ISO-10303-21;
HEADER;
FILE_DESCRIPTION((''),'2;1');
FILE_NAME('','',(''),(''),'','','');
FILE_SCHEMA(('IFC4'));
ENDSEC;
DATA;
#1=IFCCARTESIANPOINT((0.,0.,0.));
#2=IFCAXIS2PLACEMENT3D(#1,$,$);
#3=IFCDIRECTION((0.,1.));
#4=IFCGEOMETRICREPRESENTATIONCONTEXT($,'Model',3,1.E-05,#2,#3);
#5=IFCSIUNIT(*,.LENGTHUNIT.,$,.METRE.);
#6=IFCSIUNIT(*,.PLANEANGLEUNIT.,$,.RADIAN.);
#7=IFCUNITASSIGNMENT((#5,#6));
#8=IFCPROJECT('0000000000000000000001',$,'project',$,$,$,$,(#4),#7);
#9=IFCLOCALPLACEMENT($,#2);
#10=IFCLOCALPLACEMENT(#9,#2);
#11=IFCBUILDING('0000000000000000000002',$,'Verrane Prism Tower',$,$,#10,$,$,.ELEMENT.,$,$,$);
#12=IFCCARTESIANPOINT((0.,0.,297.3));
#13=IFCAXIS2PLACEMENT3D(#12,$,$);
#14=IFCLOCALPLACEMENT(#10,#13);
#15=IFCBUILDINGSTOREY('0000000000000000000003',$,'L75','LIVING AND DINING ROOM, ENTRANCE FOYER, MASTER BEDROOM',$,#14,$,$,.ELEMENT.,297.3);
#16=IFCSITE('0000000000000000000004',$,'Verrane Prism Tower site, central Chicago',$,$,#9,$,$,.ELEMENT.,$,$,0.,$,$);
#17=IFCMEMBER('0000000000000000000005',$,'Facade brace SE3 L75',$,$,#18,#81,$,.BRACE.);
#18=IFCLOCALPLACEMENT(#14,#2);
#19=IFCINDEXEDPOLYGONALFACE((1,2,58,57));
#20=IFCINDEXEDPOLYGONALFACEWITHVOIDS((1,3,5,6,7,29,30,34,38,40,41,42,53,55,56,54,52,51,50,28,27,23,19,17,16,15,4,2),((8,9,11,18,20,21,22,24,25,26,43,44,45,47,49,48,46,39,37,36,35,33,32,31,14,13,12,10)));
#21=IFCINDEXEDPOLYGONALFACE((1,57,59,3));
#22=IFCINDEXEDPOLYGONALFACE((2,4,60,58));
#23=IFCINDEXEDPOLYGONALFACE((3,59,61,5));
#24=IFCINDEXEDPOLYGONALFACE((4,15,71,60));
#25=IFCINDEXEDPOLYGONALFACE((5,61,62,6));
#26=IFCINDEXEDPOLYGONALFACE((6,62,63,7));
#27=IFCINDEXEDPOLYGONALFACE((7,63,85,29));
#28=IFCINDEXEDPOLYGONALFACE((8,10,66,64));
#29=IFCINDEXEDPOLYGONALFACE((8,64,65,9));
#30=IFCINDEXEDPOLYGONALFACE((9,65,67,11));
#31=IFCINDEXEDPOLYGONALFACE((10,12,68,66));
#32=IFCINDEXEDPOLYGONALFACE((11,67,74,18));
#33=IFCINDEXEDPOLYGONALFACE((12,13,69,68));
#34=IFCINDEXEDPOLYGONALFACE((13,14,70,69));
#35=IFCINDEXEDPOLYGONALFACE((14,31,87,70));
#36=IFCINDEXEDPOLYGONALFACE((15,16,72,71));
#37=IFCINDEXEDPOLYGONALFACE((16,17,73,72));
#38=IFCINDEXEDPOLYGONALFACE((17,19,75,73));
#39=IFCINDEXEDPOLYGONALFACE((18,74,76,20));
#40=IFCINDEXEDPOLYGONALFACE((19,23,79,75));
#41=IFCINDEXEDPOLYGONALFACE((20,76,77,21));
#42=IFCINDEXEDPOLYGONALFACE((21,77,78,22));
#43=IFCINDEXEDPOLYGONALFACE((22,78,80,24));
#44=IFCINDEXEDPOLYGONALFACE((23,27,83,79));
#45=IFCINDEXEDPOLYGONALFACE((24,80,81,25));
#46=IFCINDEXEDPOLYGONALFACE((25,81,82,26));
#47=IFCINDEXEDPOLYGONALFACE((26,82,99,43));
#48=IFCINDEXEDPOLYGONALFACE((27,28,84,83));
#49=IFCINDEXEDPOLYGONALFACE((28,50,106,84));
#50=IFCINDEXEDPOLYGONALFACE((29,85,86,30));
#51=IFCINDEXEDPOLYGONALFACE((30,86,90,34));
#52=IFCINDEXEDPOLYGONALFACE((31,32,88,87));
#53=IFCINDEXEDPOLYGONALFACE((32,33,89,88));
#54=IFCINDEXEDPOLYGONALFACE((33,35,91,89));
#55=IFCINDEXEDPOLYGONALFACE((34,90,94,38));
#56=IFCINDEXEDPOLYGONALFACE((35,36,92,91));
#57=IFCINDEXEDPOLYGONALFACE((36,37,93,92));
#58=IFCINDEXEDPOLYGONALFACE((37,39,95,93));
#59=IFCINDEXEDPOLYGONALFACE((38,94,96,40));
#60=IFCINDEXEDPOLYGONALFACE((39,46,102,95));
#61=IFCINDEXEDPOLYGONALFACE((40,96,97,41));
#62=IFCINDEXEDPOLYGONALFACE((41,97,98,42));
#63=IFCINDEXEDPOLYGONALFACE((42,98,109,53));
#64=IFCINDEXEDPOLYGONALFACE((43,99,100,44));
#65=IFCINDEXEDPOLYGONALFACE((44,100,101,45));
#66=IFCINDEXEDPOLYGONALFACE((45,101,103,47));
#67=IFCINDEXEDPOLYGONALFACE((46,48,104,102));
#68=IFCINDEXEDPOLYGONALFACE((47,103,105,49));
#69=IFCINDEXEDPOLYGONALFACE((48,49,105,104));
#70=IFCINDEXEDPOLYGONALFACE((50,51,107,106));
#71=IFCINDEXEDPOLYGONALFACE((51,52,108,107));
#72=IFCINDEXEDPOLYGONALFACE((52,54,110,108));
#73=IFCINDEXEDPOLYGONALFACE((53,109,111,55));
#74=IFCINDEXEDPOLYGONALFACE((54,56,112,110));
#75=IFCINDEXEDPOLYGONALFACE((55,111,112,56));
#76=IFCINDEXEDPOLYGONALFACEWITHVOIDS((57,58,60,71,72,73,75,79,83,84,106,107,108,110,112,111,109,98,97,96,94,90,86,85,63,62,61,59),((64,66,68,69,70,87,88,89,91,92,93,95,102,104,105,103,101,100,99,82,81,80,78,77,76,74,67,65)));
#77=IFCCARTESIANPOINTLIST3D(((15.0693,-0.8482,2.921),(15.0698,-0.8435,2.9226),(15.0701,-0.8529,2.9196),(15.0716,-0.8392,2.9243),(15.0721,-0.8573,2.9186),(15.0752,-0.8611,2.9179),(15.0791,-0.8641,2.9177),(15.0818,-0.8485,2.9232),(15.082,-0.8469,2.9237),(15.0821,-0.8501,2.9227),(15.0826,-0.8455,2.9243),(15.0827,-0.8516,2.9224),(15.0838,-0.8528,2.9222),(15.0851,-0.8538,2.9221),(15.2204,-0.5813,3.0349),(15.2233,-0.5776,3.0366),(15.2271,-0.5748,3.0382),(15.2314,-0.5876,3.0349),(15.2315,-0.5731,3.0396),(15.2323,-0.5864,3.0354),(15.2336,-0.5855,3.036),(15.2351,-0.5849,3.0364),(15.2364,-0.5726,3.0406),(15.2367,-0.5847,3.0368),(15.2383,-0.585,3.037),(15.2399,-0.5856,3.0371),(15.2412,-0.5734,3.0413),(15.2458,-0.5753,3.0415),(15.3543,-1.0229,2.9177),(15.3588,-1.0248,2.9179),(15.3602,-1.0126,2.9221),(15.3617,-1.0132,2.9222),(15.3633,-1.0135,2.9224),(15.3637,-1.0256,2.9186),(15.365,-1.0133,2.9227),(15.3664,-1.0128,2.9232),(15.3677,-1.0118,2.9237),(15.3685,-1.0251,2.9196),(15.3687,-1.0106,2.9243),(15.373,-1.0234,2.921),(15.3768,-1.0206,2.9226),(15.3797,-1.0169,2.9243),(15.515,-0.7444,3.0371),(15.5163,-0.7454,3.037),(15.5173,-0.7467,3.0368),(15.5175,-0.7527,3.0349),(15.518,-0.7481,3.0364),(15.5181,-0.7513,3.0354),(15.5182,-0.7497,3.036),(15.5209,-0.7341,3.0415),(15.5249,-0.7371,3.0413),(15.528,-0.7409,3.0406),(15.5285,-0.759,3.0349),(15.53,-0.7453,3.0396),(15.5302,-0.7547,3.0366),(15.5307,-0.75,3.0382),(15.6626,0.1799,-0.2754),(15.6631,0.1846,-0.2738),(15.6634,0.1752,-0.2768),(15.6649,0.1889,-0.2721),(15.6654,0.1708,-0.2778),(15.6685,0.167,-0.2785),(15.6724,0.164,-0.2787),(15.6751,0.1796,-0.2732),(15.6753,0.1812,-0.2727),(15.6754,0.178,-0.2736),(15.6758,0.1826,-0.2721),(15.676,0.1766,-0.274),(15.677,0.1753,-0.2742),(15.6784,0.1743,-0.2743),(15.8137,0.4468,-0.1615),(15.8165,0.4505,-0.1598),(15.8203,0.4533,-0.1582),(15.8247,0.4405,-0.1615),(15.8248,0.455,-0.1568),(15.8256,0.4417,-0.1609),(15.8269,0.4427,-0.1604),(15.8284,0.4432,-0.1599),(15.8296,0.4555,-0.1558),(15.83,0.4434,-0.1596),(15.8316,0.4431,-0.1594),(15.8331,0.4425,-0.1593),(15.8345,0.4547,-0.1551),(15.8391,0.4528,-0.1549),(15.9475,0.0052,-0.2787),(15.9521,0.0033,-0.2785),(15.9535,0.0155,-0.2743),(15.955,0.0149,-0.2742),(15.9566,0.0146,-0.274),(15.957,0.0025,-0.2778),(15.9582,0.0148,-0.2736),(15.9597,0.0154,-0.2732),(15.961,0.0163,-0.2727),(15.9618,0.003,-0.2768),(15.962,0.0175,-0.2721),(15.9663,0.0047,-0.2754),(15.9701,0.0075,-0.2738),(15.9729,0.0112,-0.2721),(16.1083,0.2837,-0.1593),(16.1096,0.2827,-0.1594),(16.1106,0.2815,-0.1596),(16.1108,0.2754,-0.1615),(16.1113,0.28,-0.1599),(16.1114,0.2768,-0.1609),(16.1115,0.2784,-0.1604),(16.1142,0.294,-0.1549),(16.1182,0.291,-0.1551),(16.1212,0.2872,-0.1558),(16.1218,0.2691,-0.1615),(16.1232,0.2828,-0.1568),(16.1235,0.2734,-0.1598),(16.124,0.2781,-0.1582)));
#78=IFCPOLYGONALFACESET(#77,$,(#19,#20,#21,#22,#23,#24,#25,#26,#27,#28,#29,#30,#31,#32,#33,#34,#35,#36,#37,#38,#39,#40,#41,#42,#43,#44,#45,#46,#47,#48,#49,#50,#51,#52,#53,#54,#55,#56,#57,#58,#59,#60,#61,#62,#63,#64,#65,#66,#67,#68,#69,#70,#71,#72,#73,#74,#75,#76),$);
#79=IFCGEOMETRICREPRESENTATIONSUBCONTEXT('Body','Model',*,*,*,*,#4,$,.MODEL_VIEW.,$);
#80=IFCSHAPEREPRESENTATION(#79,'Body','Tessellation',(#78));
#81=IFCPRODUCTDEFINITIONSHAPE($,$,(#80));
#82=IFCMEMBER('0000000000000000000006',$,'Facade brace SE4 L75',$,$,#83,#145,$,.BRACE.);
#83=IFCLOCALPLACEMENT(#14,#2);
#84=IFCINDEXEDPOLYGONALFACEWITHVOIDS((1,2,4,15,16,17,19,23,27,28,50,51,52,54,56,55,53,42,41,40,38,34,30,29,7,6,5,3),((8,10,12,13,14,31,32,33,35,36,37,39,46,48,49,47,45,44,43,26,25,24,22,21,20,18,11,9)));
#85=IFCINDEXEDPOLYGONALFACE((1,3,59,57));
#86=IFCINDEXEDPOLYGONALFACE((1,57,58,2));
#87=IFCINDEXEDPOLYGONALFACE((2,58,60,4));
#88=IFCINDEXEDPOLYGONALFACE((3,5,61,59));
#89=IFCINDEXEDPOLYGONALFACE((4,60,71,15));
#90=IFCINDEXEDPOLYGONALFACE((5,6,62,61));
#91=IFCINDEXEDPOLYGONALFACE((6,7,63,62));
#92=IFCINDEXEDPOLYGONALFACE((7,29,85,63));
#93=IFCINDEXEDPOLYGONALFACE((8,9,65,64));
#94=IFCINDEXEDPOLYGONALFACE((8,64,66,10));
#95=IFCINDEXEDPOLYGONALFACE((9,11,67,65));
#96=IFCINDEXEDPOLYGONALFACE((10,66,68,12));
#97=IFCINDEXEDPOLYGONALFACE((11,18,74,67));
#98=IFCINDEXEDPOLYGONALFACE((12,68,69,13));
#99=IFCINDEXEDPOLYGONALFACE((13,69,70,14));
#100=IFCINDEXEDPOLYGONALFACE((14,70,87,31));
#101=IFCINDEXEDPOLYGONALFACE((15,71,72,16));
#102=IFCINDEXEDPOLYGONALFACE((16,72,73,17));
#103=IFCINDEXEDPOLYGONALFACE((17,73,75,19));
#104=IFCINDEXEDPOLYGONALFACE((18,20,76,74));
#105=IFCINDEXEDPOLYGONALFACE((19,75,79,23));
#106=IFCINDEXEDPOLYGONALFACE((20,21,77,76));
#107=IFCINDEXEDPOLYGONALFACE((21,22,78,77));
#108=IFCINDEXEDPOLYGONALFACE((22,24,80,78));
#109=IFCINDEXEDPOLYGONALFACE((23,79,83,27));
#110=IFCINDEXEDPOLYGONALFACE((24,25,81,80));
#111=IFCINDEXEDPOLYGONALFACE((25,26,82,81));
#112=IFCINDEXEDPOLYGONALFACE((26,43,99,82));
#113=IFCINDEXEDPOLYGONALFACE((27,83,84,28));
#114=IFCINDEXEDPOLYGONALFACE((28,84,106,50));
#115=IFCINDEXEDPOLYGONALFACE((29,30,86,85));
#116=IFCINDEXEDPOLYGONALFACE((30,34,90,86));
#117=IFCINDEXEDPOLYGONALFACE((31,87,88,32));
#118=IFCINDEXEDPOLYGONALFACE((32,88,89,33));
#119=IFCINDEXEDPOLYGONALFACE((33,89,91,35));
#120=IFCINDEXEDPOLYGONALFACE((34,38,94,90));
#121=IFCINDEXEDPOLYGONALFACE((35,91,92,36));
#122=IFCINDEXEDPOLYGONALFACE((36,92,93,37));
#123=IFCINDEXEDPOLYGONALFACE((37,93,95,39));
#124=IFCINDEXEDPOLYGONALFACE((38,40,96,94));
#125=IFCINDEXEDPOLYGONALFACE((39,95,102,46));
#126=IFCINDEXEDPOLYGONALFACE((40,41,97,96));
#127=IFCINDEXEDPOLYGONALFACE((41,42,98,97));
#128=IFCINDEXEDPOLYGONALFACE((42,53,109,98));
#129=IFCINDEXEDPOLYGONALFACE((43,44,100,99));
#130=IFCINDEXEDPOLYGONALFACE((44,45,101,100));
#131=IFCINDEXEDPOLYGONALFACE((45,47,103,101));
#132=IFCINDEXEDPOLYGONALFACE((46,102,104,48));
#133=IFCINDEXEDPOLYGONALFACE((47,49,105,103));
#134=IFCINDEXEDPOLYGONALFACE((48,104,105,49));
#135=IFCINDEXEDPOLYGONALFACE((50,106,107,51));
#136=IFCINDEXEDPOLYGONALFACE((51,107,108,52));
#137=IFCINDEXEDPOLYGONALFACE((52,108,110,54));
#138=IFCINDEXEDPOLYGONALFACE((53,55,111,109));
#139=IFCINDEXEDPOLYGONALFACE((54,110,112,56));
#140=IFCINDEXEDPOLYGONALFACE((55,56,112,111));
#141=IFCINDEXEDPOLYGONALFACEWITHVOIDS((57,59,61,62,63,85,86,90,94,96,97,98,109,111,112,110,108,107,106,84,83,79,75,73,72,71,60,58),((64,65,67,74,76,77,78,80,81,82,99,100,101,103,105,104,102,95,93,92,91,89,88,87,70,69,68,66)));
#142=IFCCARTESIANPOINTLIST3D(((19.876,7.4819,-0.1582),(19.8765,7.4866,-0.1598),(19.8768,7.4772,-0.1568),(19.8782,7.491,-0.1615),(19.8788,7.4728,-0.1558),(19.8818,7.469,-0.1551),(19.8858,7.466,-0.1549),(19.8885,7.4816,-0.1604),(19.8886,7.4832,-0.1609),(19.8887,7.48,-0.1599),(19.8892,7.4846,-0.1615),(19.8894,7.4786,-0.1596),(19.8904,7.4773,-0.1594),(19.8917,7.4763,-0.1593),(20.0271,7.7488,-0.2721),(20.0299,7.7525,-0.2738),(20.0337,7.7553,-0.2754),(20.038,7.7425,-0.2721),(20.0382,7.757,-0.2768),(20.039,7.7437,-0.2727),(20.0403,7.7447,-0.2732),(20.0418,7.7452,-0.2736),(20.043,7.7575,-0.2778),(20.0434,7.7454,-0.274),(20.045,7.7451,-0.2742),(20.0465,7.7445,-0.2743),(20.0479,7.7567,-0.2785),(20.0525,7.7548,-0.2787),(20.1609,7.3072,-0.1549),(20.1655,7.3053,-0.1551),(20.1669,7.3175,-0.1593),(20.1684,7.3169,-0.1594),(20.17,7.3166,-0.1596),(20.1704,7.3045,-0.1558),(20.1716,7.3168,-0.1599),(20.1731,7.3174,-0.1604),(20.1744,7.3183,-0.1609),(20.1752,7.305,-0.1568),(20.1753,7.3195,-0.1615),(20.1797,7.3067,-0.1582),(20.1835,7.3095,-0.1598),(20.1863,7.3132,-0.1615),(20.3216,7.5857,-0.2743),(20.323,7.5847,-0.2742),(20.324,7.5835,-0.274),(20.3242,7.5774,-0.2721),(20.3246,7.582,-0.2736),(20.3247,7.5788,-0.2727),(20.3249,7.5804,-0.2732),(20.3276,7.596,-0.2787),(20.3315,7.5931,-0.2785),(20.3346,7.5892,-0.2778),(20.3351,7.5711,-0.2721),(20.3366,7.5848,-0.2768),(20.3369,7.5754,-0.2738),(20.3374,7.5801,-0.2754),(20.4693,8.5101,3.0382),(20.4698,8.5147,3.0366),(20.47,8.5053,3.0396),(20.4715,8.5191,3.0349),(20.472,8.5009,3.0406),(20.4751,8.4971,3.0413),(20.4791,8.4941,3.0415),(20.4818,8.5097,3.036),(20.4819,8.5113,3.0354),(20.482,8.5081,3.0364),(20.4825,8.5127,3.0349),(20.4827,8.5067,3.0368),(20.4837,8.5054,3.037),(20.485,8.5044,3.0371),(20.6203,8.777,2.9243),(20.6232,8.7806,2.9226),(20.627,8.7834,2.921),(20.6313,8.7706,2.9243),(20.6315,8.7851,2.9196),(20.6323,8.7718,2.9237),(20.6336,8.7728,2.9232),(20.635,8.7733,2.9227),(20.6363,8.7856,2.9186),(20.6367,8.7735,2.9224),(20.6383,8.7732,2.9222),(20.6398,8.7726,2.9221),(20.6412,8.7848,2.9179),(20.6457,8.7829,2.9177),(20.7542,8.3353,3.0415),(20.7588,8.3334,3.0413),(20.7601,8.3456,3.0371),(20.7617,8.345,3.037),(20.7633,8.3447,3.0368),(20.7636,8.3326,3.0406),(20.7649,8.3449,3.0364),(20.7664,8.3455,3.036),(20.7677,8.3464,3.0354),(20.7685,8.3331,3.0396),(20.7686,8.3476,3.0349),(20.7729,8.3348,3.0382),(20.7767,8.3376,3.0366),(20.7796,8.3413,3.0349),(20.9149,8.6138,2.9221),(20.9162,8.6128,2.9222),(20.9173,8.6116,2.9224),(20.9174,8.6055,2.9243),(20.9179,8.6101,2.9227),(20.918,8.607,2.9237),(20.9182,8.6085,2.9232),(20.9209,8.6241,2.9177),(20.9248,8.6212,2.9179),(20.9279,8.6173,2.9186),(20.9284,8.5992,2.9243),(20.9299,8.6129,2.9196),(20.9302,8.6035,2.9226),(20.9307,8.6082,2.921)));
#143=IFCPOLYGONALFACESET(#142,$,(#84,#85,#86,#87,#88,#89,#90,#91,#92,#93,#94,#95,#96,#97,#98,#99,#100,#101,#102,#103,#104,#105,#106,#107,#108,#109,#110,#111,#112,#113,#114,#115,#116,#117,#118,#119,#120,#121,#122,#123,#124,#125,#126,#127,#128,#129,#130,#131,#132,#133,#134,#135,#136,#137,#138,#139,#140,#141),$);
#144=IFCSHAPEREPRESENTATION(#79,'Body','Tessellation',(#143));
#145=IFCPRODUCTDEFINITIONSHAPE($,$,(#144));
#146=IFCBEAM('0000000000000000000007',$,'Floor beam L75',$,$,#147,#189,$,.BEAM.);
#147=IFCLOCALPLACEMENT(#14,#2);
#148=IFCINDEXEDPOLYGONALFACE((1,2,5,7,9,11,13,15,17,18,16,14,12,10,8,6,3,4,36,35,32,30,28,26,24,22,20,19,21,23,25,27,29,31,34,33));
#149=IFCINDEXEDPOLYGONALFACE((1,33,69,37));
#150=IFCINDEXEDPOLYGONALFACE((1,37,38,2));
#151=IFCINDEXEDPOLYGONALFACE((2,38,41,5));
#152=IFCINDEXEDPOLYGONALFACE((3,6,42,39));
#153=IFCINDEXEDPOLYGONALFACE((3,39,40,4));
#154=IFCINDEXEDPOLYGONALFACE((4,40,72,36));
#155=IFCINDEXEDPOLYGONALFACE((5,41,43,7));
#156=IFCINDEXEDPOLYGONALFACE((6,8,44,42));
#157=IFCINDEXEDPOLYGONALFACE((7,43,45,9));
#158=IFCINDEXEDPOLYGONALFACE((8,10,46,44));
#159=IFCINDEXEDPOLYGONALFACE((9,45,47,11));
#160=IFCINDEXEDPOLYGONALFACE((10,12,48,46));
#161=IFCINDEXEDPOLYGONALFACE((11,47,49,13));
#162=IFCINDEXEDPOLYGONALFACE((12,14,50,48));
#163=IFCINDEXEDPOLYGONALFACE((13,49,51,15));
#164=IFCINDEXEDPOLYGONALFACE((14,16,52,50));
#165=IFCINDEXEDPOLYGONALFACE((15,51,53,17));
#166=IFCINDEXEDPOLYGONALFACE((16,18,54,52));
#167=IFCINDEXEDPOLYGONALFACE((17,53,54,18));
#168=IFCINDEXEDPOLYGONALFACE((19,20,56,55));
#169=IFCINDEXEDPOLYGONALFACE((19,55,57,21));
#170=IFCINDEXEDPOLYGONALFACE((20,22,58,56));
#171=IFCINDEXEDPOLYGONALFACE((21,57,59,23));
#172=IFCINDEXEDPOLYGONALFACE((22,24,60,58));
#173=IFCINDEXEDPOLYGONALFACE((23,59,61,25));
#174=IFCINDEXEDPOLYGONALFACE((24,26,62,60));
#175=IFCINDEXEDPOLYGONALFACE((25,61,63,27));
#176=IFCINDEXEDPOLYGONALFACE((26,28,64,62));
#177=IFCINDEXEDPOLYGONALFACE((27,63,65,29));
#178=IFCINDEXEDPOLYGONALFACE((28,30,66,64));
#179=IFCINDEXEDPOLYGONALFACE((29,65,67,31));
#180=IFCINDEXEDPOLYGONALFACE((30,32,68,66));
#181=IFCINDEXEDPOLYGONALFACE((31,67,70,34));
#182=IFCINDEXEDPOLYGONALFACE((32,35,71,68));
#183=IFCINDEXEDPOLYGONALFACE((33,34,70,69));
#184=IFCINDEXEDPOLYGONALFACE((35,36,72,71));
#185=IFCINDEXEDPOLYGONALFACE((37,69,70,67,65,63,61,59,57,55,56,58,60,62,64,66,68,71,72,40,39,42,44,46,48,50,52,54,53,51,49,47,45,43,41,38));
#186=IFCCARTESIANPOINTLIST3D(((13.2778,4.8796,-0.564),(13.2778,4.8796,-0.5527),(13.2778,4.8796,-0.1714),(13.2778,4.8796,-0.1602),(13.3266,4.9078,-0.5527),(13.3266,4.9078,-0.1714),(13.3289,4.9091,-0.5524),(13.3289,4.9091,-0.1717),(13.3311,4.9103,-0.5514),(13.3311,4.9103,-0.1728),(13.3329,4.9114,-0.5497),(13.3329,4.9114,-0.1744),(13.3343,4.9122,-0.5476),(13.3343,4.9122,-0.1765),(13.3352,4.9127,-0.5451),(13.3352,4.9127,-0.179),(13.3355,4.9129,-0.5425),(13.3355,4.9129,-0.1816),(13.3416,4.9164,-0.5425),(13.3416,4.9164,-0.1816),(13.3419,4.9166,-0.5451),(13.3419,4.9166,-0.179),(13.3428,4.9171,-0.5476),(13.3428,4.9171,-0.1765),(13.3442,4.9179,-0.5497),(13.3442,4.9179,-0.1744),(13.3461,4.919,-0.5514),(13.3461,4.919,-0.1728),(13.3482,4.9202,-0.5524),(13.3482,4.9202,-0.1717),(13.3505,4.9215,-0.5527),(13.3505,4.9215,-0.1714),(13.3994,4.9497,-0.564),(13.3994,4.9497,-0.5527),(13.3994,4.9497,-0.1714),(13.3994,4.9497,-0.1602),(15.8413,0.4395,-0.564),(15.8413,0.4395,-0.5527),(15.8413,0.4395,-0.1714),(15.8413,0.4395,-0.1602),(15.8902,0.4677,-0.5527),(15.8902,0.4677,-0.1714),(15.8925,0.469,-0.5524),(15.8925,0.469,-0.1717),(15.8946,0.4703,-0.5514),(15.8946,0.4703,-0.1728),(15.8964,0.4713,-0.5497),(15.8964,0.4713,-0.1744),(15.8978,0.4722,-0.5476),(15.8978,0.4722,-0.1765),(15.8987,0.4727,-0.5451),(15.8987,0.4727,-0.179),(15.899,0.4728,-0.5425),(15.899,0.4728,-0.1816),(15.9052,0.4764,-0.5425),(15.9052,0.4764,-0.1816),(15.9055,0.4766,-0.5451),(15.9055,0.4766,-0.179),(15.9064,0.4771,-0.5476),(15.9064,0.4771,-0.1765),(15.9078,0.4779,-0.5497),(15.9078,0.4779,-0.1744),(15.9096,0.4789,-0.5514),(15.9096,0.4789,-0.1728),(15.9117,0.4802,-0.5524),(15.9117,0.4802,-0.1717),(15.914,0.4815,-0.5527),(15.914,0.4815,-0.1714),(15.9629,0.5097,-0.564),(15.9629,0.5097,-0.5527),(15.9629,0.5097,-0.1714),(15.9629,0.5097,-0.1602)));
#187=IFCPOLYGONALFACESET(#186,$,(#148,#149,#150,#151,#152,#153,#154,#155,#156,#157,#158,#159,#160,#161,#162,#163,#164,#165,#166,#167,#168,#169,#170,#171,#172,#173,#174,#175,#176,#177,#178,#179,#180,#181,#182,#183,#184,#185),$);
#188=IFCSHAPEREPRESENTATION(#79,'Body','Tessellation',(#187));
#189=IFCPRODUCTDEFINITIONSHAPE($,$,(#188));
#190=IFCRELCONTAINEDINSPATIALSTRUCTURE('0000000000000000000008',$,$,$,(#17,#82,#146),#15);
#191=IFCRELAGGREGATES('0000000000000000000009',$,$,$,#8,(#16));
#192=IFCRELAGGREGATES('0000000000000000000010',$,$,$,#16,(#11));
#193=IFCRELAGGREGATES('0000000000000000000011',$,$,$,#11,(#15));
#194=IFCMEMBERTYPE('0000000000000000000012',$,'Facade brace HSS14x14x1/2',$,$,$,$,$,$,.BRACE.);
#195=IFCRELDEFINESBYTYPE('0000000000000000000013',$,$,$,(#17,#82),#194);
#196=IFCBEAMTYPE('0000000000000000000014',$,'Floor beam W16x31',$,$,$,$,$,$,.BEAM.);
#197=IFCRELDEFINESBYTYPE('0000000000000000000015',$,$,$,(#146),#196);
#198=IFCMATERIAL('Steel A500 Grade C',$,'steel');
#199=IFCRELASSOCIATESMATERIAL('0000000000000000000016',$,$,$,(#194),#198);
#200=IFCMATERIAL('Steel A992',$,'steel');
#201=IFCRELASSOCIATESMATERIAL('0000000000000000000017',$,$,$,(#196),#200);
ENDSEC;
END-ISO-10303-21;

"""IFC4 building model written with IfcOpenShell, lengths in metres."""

from ifc_helpers import new_model, si_unit, direction, frame, origin, origin_2d, place, context, subcontext, project, spatial, hollow_rectangle, i_section, extrude, material, material_profile, profile_set, type_object, element, save


model = new_model("IFC4")

# Units and contexts
model_context = context("Model", 3, precision=1e-05, world=origin(), true_north=direction((0.0, 1.0)))
body_context = subcontext(model_context, "Body", "Model", "MODEL_VIEW")
ifc_project = project(units=[si_unit("LENGTHUNIT", "METRE"), si_unit("PLANEANGLEUNIT", "RADIAN")], contexts=[model_context])

# Site, building, storey
site_placement = place(None, origin())
site = spatial("IfcSite", under=ifc_project, at=site_placement, Name="Verrane Prism Tower site, central Chicago", CompositionType="ELEMENT", RefElevation=0.0)
building_placement = place(site_placement, origin())
building = spatial("IfcBuilding", under=site, at=building_placement, Name="Verrane Prism Tower", CompositionType="ELEMENT")
storey_placement = place(building_placement, frame((0.0, 0.0, 297.3)))
storey = spatial("IfcBuildingStorey", under=building, at=storey_placement, Name="L75", Description="LIVING AND DINING ROOM, ENTRANCE FOYER, MASTER BEDROOM", CompositionType="ELEMENT", Elevation=297.3)

# Members
ifc_material_1 = material(Name="Steel A500 Grade C", Category="steel")
ifc_material_profile_1 = material_profile(ifc_material_1, hollow_rectangle(XDim=0.3557, YDim=0.3557, WallThickness=0.0127, InnerFilletRadius=0.0063, OuterFilletRadius=0.019, at=origin_2d()), Name="HSS14x14x1/2")
ifc_profile_set_1 = profile_set([ifc_material_profile_1], Name="Steel A500 Grade C")
member_type_1 = type_object("IfcMemberType", Name="Facade brace HSS14x14x1/2", PredefinedType="BRACE", material=ifc_profile_set_1)
for number, where, z_axis, x_axis, name in (
    (1, (15.8933, 0.229, -0.2168), (-0.173999, -0.301527, 0.937447), (0.866134, -0.499811, 0.0), "Facade brace SE3 L75"),
    (2, (20.1067, 7.531, -0.2168), (0.173999, 0.301527, 0.937447), (-0.866134, 0.499811, 0.0), "Facade brace SE4 L75"),
):
    element("IfcMember", number, at=place(storey_placement, frame(where, z_axis=z_axis, x_axis=x_axis)), inside=storey, type_object=member_type_1, Name=name, PredefinedType="BRACE", context=body_context, shape_type="SweptSolid", body=[
        extrude(hollow_rectangle(XDim=0.3557, YDim=0.3557, WallThickness=0.0127, InnerFilletRadius=0.0063, OuterFilletRadius=0.019, at=origin_2d()), origin(), (0.0, 0.0, 1.0), 3.4097),
    ])

# Beam
ifc_material_2 = material(Name="Steel A992", Category="steel")
ifc_material_profile_2 = material_profile(ifc_material_2, i_section(OverallWidth=0.1404, OverallDepth=0.4038, WebThickness=0.0071, FlangeThickness=0.0112, FilletRadius=0.0103, at=origin_2d()), Name="W16x31")
ifc_profile_set_2 = profile_set([ifc_material_profile_2], Name="Steel A992")
beam_type_1 = type_object("IfcBeamType", Name="Floor beam W16x31", PredefinedType="BEAM", material=ifc_profile_set_2)
beam_1_placement = place(storey_placement, frame((15.9021, 0.4746, -0.3621), z_axis=(-0.500011, 0.866019, 0.0), x_axis=(-0.866019, -0.500011, 0.0)))
element("IfcBeam", 3, at=beam_1_placement, inside=storey, type_object=beam_type_1, Name="Floor beam L75", PredefinedType="BEAM", context=body_context, shape_type="SweptSolid", body=[
    extrude(i_section(OverallWidth=0.1404, OverallDepth=0.4038, WebThickness=0.0071, FlangeThickness=0.0112, FilletRadius=0.0103, at=origin_2d()), origin(), (0.0, 0.0, 1.0), 5.127),
])

save(model, "model.ifc")
